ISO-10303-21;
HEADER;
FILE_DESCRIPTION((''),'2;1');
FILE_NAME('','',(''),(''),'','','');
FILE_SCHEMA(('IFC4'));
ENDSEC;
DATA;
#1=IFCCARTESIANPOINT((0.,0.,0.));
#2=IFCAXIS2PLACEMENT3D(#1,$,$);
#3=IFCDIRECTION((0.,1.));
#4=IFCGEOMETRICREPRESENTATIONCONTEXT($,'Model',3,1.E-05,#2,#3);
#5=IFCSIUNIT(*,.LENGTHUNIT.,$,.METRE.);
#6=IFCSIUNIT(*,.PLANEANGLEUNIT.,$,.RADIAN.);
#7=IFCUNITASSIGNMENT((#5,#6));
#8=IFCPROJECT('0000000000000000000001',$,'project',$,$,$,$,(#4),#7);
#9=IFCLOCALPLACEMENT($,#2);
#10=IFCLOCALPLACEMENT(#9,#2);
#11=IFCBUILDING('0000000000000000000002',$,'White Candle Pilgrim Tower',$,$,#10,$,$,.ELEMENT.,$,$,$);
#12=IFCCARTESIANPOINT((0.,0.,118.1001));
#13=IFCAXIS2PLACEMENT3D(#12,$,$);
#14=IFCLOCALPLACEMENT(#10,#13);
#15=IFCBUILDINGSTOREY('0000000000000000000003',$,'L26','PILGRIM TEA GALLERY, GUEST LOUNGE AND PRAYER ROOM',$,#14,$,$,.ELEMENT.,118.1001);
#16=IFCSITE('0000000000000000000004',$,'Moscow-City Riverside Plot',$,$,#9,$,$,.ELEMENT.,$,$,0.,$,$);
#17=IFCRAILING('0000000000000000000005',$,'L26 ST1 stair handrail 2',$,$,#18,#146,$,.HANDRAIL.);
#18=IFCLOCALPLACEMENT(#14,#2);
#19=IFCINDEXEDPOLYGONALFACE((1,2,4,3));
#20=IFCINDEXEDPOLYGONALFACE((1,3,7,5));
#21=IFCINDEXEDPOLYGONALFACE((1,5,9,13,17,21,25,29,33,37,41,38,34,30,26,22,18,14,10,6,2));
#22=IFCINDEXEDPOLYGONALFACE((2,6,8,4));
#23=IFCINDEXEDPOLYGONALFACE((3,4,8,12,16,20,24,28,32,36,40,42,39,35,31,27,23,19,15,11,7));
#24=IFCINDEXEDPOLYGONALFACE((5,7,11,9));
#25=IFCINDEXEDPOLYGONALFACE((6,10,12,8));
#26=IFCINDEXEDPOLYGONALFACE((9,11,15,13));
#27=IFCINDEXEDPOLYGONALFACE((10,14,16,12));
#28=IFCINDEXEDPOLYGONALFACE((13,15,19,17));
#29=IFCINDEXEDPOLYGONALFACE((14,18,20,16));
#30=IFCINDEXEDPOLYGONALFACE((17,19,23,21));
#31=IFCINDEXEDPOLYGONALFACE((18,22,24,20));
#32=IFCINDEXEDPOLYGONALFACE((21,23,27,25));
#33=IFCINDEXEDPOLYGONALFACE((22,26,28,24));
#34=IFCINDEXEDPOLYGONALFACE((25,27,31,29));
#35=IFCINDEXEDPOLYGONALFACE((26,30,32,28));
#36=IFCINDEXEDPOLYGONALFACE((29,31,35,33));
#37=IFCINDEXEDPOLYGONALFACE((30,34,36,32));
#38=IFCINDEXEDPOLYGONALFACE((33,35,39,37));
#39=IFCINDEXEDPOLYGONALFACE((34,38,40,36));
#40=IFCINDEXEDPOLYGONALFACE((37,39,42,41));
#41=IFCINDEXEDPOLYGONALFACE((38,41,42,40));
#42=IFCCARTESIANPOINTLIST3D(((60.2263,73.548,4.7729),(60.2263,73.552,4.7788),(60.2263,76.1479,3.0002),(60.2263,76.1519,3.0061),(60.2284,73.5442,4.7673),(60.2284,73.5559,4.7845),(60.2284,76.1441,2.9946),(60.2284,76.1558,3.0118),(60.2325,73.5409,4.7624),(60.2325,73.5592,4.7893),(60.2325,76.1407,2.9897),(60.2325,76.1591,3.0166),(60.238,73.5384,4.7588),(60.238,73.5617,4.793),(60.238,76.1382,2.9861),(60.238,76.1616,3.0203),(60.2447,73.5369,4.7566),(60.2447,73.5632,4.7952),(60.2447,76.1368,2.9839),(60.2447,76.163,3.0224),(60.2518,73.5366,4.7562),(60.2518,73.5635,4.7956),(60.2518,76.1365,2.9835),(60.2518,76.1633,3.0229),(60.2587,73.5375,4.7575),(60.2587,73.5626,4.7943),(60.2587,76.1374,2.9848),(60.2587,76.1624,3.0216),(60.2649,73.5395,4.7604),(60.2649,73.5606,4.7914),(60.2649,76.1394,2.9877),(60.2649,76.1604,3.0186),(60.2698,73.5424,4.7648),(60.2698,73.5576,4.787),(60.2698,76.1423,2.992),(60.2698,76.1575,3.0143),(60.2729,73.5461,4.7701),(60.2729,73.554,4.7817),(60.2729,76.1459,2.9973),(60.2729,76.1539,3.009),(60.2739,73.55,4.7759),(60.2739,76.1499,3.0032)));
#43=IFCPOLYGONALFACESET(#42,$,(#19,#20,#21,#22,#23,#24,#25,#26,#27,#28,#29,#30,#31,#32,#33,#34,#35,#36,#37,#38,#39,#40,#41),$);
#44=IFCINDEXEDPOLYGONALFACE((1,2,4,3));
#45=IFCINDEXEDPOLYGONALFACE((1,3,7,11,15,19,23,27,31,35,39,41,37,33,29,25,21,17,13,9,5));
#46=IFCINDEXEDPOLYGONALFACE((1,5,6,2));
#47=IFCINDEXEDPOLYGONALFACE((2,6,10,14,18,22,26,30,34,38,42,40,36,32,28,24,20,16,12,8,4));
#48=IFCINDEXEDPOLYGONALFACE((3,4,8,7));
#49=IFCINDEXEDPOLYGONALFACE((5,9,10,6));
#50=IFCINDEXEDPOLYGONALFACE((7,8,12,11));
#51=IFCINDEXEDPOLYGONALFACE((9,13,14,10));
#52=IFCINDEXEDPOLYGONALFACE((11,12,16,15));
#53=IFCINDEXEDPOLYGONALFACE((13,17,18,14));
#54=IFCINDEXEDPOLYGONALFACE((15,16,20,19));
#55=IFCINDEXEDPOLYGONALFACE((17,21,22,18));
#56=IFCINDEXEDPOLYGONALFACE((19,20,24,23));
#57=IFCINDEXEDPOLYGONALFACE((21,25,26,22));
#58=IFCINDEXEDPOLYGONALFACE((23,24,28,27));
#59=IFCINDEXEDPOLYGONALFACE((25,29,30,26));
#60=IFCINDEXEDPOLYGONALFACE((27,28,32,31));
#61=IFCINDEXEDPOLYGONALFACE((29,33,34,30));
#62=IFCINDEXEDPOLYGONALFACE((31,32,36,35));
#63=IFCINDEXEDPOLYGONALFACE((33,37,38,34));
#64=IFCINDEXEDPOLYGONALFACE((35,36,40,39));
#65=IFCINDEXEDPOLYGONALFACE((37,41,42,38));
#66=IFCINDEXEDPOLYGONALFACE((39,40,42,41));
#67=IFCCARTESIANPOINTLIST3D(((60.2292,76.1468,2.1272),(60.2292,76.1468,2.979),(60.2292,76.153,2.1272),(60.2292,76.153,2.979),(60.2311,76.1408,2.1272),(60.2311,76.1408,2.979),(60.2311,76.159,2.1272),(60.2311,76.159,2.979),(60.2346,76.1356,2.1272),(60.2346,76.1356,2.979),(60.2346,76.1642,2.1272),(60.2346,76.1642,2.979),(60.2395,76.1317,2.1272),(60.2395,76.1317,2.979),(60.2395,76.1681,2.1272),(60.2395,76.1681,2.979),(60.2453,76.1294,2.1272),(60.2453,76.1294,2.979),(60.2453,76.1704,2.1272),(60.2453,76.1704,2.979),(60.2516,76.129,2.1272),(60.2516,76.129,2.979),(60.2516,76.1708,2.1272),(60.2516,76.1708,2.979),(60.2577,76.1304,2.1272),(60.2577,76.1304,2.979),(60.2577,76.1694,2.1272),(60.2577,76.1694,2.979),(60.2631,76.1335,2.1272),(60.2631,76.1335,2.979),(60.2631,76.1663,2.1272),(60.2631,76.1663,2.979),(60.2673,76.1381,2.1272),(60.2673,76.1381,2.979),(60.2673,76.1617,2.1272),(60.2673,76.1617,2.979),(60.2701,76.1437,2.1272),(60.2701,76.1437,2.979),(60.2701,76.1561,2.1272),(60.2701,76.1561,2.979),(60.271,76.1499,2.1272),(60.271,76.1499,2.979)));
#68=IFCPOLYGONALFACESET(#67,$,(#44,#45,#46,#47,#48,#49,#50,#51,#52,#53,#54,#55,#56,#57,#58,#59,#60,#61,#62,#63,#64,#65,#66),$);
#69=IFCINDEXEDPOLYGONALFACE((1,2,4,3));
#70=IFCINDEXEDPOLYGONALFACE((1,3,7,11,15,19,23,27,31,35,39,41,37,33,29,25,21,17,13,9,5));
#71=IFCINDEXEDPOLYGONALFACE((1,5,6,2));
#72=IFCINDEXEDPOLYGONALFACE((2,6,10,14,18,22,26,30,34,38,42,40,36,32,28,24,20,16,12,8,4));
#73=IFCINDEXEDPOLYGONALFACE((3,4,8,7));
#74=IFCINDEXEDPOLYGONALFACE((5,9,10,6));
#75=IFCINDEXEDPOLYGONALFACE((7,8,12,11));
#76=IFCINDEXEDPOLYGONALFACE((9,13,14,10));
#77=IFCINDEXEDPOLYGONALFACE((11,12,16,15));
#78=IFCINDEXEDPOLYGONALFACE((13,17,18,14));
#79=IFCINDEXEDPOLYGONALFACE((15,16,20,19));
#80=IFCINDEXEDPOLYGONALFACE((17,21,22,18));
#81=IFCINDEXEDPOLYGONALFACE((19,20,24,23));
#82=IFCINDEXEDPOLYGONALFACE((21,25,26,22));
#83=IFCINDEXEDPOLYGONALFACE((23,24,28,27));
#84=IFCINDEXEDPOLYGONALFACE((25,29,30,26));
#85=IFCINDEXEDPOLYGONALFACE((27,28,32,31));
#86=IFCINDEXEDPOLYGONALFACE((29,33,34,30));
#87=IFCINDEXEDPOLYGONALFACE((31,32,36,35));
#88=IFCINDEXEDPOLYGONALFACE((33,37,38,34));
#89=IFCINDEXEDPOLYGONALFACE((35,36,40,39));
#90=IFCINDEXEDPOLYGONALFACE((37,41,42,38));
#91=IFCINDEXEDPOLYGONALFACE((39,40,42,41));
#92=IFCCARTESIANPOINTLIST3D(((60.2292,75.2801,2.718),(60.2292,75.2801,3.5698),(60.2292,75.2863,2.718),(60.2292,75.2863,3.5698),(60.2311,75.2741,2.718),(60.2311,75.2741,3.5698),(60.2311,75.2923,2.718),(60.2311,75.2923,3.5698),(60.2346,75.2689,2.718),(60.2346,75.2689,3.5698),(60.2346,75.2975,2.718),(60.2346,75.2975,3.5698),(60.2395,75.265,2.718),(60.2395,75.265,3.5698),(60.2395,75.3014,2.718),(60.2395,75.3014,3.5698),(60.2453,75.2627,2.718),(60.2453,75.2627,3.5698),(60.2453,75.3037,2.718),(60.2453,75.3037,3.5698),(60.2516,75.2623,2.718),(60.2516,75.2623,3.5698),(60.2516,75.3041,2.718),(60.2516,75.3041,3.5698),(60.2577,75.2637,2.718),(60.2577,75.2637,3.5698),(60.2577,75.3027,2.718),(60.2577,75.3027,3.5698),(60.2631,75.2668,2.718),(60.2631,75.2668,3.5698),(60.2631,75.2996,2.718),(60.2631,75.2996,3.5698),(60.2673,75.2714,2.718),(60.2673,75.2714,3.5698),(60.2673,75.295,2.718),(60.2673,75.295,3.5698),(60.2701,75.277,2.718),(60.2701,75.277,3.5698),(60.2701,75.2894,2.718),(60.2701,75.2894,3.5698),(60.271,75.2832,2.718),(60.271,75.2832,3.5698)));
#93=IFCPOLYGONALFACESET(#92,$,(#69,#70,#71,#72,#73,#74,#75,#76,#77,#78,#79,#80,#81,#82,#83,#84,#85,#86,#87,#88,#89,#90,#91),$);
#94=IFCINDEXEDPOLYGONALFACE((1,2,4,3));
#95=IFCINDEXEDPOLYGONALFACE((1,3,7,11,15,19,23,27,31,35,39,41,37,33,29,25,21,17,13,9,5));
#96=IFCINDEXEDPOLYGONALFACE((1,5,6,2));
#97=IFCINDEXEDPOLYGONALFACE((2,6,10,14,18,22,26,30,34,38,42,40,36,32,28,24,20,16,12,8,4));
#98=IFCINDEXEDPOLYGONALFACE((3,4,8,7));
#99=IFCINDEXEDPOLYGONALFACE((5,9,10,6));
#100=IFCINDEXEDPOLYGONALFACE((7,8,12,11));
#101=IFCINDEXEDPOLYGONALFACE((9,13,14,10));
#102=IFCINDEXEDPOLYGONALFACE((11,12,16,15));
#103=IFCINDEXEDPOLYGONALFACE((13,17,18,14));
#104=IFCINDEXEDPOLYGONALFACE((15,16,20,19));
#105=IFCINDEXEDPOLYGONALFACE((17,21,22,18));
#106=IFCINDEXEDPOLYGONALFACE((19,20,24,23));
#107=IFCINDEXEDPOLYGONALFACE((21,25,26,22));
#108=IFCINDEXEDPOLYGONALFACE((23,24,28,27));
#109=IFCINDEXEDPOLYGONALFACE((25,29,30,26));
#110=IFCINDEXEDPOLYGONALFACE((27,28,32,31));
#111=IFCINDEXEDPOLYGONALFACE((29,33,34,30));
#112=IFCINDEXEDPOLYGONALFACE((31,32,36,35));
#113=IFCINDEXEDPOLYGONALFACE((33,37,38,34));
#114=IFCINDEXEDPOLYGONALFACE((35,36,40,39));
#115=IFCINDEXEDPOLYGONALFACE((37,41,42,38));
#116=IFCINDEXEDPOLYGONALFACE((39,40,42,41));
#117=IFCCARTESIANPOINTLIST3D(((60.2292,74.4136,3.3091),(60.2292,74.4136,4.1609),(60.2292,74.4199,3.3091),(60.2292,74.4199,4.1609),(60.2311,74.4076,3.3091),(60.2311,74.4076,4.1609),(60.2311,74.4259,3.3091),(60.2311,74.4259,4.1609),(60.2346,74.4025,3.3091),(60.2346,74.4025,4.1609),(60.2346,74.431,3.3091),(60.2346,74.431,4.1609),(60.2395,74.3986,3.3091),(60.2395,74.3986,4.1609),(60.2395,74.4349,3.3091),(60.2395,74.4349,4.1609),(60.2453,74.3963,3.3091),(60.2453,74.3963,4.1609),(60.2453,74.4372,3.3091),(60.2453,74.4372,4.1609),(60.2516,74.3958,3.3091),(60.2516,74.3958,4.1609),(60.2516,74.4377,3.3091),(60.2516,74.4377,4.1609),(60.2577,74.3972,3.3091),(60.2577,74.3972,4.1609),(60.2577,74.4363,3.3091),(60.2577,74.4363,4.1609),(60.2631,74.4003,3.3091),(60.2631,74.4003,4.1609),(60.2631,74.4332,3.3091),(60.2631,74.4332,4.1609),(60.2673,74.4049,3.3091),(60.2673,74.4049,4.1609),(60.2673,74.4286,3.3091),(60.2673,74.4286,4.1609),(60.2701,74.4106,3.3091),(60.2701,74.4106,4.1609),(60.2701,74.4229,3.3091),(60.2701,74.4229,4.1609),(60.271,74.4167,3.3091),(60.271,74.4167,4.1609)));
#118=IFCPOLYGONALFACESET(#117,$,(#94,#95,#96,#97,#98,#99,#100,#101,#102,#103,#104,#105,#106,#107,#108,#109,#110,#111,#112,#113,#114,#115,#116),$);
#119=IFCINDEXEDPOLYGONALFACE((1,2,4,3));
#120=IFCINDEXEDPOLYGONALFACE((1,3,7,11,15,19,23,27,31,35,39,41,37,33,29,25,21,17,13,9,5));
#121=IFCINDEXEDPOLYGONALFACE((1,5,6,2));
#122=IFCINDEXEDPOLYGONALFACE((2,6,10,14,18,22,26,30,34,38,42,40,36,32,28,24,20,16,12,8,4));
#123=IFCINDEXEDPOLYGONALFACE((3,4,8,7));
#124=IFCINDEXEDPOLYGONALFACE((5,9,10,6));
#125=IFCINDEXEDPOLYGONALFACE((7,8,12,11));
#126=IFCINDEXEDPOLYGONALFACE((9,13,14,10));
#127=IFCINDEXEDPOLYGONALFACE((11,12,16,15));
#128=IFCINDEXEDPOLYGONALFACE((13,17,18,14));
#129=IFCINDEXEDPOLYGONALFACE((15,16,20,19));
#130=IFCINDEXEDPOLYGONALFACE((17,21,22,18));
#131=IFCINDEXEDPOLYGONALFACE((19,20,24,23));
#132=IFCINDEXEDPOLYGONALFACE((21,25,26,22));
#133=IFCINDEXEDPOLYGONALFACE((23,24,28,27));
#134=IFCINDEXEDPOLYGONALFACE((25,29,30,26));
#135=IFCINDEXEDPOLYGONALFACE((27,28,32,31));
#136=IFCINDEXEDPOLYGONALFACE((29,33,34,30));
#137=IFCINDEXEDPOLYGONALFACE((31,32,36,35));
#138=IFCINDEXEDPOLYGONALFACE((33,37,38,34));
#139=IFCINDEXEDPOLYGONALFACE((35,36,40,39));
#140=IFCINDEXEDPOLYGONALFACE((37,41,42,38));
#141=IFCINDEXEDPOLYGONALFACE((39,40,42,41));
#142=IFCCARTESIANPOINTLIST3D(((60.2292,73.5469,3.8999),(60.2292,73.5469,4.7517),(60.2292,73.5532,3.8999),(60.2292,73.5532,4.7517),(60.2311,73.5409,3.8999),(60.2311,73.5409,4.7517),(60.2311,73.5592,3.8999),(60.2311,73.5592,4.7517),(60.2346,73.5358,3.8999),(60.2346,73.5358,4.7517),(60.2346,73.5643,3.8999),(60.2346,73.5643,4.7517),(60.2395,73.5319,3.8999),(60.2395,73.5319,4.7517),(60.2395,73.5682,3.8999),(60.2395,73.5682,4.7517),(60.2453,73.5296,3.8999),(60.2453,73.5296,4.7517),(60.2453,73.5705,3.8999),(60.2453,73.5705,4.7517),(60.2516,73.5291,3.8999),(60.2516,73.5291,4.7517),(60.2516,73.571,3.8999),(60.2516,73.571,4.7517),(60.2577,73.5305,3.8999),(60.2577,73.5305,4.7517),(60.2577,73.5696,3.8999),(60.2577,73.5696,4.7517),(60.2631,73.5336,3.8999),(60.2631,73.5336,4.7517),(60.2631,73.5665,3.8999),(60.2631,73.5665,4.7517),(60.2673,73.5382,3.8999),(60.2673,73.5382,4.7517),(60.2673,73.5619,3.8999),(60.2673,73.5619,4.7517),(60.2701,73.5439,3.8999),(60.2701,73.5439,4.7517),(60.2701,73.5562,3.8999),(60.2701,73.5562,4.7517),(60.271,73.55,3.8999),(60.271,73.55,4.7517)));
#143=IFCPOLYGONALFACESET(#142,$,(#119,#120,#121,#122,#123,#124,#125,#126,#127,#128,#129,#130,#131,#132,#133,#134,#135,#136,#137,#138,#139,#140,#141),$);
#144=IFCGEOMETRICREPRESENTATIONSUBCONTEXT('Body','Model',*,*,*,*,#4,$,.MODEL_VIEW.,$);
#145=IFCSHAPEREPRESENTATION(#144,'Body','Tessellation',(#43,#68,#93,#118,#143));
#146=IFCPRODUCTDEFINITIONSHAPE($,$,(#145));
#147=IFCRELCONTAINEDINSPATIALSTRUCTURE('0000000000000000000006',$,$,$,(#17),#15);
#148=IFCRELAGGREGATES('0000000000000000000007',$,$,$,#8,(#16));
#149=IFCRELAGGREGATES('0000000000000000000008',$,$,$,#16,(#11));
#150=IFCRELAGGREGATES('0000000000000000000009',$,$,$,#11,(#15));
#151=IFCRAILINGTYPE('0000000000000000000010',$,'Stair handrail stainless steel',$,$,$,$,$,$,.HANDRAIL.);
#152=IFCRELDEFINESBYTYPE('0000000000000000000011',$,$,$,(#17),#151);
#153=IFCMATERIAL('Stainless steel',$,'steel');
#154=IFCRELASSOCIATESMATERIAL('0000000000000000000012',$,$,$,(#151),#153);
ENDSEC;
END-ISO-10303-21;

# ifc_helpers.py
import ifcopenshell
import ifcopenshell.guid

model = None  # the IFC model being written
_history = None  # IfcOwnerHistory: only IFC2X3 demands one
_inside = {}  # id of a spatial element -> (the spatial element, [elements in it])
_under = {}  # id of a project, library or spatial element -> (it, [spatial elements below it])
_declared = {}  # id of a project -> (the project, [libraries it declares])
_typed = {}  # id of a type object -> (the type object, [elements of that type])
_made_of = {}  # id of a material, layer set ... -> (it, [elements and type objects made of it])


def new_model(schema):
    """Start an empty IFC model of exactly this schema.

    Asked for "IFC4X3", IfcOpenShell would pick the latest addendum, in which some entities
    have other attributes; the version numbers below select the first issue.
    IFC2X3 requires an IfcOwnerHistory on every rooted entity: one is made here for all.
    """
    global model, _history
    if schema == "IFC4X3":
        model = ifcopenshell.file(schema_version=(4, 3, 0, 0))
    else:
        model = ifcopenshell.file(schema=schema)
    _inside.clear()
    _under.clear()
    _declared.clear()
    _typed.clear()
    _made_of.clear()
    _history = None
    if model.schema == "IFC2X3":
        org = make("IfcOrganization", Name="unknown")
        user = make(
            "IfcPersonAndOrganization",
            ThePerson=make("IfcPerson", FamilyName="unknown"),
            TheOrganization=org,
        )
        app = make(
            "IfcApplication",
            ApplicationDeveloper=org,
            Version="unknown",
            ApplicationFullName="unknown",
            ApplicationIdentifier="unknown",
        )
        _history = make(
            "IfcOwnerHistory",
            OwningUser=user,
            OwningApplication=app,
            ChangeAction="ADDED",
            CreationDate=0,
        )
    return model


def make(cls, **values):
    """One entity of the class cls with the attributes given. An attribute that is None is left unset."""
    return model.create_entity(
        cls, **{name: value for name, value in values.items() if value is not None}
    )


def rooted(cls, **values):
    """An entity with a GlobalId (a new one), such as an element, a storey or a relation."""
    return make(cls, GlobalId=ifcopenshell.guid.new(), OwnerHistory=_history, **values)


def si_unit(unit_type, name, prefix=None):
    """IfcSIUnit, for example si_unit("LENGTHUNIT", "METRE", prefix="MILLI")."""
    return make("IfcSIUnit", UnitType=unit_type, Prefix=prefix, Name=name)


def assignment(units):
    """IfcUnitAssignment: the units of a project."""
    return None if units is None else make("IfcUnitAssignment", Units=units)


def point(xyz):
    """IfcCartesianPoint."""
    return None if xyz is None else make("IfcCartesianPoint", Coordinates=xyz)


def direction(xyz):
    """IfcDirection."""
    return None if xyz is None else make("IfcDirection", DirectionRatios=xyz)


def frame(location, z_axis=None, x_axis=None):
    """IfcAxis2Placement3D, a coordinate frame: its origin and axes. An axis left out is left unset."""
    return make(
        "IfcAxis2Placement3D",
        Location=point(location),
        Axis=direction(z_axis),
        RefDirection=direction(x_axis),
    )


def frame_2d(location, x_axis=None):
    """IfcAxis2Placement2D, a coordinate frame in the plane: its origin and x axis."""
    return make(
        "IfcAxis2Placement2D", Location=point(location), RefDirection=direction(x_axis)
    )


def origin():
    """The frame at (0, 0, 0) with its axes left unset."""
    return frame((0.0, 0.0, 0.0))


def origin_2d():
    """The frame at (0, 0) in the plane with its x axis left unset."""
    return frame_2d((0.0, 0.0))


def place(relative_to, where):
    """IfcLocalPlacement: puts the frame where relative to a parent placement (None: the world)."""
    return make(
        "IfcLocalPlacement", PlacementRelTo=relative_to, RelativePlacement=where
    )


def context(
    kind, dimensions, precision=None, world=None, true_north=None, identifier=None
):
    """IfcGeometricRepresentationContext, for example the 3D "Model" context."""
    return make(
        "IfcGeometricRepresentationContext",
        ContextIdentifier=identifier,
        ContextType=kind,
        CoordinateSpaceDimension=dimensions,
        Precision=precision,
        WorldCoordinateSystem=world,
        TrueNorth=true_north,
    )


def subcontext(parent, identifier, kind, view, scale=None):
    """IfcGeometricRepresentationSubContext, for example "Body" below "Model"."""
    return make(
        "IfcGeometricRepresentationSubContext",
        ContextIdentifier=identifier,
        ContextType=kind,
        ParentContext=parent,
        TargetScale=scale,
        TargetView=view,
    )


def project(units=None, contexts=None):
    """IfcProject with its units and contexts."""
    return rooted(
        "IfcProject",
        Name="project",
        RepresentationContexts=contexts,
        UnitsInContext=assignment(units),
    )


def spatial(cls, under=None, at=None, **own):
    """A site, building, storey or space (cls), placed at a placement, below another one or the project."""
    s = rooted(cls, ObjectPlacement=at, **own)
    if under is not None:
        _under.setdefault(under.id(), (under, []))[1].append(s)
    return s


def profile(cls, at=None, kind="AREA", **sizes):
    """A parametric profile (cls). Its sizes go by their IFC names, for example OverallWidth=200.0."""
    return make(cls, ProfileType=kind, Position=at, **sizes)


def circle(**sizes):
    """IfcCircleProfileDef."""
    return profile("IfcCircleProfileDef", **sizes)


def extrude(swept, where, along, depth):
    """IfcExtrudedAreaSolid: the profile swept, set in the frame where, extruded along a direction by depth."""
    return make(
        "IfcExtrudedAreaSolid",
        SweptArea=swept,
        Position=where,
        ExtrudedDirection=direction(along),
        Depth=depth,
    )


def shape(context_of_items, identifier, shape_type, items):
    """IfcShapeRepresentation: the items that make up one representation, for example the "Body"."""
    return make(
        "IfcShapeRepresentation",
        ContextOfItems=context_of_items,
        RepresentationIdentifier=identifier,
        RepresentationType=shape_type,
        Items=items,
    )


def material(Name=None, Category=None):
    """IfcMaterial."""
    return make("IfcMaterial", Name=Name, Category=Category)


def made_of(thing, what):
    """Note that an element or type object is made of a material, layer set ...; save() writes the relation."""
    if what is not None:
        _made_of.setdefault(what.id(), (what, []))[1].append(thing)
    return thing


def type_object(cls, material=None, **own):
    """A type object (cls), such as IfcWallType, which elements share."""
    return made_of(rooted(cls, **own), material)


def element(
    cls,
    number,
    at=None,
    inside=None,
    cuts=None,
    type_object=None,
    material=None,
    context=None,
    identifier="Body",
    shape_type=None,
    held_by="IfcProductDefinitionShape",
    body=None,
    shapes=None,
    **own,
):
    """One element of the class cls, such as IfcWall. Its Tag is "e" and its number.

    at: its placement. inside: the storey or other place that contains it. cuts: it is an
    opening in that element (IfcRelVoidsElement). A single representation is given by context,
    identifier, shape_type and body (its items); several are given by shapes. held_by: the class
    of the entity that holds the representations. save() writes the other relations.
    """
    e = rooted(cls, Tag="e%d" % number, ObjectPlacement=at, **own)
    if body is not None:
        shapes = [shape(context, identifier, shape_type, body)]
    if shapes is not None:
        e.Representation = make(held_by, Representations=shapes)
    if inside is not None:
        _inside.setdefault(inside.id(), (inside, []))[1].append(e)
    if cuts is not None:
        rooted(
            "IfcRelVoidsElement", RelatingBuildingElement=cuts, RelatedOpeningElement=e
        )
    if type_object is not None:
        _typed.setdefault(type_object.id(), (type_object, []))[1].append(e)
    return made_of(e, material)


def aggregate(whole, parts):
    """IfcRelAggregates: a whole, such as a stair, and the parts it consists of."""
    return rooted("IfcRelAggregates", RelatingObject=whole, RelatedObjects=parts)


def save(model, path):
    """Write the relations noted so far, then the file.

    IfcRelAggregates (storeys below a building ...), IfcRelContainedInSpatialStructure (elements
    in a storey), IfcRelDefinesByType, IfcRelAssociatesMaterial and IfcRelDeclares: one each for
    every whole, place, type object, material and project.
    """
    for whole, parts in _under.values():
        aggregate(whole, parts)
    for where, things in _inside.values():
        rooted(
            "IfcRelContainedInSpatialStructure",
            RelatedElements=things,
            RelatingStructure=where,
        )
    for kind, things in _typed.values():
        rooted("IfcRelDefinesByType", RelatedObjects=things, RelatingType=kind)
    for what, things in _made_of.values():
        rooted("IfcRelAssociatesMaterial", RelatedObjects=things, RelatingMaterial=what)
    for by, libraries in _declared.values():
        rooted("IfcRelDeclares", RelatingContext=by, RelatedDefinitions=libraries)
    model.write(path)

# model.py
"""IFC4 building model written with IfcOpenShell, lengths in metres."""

from ifc_helpers import new_model, si_unit, direction, frame, origin, origin_2d, place, context, subcontext, project, spatial, circle, extrude, material, type_object, element, save


model = new_model("IFC4")

# Units and contexts
model_context = context("Model", 3, precision=1e-05, world=origin(), true_north=direction((0.0, 1.0)))
body_context = subcontext(model_context, "Body", "Model", "MODEL_VIEW")
ifc_project = project(units=[si_unit("LENGTHUNIT", "METRE"), si_unit("PLANEANGLEUNIT", "RADIAN")], contexts=[model_context])

# Site, building, storey
site_placement = place(None, origin())
site = spatial("IfcSite", under=ifc_project, at=site_placement, Name="Moscow-City Riverside Plot", CompositionType="ELEMENT", RefElevation=0.0)
building_placement = place(site_placement, origin())
building = spatial("IfcBuilding", under=site, at=building_placement, Name="White Candle Pilgrim Tower", CompositionType="ELEMENT")
storey_placement = place(building_placement, frame((0.0, 0.0, 118.1001)))
storey = spatial("IfcBuildingStorey", under=building, at=storey_placement, Name="L26", Description="PILGRIM TEA GALLERY, GUEST LOUNGE AND PRAYER ROOM", CompositionType="ELEMENT", Elevation=118.1001)

# Shared definitions
ifc_material_1 = material(Name="Stainless steel", Category="steel")

# Railing
railing_type_1 = type_object("IfcRailingType", Name="Stair handrail stainless steel", PredefinedType="HANDRAIL", material=ifc_material_1)
railing_1_placement = place(storey_placement, frame((60.25, 76.1499, 2.1272)))
element("IfcRailing", 1, at=railing_1_placement, inside=storey, type_object=railing_type_1, Name="L26 ST1 stair handrail 2", PredefinedType="HANDRAIL", context=body_context, shape_type="SweptSolid", body=[
    extrude(circle(Radius=0.0239, at=origin_2d()), frame((0.0, 0.0, 0.876), z_axis=(0.0, -0.826216, 0.563354), x_axis=(1.0, 0.0, 0.0)), (0.0, 0.0, 1.0), 3.1467),
    extrude(circle(Radius=0.021, at=origin_2d()), origin(), (0.0, 0.0, 1.0), 0.8518),
    extrude(circle(Radius=0.021, at=origin_2d()), frame((0.0, -0.8667, 0.5908)), (0.0, 0.0, 1.0), 0.8518),
    extrude(circle(Radius=0.021, at=origin_2d()), frame((0.0, -1.7332, 1.1819)), (0.0, 0.0, 1.0), 0.8518),
    extrude(circle(Radius=0.021, at=origin_2d()), frame((0.0, -2.5999, 1.7727)), (0.0, 0.0, 1.0), 0.8518),
])

save(model, "model.ifc")
